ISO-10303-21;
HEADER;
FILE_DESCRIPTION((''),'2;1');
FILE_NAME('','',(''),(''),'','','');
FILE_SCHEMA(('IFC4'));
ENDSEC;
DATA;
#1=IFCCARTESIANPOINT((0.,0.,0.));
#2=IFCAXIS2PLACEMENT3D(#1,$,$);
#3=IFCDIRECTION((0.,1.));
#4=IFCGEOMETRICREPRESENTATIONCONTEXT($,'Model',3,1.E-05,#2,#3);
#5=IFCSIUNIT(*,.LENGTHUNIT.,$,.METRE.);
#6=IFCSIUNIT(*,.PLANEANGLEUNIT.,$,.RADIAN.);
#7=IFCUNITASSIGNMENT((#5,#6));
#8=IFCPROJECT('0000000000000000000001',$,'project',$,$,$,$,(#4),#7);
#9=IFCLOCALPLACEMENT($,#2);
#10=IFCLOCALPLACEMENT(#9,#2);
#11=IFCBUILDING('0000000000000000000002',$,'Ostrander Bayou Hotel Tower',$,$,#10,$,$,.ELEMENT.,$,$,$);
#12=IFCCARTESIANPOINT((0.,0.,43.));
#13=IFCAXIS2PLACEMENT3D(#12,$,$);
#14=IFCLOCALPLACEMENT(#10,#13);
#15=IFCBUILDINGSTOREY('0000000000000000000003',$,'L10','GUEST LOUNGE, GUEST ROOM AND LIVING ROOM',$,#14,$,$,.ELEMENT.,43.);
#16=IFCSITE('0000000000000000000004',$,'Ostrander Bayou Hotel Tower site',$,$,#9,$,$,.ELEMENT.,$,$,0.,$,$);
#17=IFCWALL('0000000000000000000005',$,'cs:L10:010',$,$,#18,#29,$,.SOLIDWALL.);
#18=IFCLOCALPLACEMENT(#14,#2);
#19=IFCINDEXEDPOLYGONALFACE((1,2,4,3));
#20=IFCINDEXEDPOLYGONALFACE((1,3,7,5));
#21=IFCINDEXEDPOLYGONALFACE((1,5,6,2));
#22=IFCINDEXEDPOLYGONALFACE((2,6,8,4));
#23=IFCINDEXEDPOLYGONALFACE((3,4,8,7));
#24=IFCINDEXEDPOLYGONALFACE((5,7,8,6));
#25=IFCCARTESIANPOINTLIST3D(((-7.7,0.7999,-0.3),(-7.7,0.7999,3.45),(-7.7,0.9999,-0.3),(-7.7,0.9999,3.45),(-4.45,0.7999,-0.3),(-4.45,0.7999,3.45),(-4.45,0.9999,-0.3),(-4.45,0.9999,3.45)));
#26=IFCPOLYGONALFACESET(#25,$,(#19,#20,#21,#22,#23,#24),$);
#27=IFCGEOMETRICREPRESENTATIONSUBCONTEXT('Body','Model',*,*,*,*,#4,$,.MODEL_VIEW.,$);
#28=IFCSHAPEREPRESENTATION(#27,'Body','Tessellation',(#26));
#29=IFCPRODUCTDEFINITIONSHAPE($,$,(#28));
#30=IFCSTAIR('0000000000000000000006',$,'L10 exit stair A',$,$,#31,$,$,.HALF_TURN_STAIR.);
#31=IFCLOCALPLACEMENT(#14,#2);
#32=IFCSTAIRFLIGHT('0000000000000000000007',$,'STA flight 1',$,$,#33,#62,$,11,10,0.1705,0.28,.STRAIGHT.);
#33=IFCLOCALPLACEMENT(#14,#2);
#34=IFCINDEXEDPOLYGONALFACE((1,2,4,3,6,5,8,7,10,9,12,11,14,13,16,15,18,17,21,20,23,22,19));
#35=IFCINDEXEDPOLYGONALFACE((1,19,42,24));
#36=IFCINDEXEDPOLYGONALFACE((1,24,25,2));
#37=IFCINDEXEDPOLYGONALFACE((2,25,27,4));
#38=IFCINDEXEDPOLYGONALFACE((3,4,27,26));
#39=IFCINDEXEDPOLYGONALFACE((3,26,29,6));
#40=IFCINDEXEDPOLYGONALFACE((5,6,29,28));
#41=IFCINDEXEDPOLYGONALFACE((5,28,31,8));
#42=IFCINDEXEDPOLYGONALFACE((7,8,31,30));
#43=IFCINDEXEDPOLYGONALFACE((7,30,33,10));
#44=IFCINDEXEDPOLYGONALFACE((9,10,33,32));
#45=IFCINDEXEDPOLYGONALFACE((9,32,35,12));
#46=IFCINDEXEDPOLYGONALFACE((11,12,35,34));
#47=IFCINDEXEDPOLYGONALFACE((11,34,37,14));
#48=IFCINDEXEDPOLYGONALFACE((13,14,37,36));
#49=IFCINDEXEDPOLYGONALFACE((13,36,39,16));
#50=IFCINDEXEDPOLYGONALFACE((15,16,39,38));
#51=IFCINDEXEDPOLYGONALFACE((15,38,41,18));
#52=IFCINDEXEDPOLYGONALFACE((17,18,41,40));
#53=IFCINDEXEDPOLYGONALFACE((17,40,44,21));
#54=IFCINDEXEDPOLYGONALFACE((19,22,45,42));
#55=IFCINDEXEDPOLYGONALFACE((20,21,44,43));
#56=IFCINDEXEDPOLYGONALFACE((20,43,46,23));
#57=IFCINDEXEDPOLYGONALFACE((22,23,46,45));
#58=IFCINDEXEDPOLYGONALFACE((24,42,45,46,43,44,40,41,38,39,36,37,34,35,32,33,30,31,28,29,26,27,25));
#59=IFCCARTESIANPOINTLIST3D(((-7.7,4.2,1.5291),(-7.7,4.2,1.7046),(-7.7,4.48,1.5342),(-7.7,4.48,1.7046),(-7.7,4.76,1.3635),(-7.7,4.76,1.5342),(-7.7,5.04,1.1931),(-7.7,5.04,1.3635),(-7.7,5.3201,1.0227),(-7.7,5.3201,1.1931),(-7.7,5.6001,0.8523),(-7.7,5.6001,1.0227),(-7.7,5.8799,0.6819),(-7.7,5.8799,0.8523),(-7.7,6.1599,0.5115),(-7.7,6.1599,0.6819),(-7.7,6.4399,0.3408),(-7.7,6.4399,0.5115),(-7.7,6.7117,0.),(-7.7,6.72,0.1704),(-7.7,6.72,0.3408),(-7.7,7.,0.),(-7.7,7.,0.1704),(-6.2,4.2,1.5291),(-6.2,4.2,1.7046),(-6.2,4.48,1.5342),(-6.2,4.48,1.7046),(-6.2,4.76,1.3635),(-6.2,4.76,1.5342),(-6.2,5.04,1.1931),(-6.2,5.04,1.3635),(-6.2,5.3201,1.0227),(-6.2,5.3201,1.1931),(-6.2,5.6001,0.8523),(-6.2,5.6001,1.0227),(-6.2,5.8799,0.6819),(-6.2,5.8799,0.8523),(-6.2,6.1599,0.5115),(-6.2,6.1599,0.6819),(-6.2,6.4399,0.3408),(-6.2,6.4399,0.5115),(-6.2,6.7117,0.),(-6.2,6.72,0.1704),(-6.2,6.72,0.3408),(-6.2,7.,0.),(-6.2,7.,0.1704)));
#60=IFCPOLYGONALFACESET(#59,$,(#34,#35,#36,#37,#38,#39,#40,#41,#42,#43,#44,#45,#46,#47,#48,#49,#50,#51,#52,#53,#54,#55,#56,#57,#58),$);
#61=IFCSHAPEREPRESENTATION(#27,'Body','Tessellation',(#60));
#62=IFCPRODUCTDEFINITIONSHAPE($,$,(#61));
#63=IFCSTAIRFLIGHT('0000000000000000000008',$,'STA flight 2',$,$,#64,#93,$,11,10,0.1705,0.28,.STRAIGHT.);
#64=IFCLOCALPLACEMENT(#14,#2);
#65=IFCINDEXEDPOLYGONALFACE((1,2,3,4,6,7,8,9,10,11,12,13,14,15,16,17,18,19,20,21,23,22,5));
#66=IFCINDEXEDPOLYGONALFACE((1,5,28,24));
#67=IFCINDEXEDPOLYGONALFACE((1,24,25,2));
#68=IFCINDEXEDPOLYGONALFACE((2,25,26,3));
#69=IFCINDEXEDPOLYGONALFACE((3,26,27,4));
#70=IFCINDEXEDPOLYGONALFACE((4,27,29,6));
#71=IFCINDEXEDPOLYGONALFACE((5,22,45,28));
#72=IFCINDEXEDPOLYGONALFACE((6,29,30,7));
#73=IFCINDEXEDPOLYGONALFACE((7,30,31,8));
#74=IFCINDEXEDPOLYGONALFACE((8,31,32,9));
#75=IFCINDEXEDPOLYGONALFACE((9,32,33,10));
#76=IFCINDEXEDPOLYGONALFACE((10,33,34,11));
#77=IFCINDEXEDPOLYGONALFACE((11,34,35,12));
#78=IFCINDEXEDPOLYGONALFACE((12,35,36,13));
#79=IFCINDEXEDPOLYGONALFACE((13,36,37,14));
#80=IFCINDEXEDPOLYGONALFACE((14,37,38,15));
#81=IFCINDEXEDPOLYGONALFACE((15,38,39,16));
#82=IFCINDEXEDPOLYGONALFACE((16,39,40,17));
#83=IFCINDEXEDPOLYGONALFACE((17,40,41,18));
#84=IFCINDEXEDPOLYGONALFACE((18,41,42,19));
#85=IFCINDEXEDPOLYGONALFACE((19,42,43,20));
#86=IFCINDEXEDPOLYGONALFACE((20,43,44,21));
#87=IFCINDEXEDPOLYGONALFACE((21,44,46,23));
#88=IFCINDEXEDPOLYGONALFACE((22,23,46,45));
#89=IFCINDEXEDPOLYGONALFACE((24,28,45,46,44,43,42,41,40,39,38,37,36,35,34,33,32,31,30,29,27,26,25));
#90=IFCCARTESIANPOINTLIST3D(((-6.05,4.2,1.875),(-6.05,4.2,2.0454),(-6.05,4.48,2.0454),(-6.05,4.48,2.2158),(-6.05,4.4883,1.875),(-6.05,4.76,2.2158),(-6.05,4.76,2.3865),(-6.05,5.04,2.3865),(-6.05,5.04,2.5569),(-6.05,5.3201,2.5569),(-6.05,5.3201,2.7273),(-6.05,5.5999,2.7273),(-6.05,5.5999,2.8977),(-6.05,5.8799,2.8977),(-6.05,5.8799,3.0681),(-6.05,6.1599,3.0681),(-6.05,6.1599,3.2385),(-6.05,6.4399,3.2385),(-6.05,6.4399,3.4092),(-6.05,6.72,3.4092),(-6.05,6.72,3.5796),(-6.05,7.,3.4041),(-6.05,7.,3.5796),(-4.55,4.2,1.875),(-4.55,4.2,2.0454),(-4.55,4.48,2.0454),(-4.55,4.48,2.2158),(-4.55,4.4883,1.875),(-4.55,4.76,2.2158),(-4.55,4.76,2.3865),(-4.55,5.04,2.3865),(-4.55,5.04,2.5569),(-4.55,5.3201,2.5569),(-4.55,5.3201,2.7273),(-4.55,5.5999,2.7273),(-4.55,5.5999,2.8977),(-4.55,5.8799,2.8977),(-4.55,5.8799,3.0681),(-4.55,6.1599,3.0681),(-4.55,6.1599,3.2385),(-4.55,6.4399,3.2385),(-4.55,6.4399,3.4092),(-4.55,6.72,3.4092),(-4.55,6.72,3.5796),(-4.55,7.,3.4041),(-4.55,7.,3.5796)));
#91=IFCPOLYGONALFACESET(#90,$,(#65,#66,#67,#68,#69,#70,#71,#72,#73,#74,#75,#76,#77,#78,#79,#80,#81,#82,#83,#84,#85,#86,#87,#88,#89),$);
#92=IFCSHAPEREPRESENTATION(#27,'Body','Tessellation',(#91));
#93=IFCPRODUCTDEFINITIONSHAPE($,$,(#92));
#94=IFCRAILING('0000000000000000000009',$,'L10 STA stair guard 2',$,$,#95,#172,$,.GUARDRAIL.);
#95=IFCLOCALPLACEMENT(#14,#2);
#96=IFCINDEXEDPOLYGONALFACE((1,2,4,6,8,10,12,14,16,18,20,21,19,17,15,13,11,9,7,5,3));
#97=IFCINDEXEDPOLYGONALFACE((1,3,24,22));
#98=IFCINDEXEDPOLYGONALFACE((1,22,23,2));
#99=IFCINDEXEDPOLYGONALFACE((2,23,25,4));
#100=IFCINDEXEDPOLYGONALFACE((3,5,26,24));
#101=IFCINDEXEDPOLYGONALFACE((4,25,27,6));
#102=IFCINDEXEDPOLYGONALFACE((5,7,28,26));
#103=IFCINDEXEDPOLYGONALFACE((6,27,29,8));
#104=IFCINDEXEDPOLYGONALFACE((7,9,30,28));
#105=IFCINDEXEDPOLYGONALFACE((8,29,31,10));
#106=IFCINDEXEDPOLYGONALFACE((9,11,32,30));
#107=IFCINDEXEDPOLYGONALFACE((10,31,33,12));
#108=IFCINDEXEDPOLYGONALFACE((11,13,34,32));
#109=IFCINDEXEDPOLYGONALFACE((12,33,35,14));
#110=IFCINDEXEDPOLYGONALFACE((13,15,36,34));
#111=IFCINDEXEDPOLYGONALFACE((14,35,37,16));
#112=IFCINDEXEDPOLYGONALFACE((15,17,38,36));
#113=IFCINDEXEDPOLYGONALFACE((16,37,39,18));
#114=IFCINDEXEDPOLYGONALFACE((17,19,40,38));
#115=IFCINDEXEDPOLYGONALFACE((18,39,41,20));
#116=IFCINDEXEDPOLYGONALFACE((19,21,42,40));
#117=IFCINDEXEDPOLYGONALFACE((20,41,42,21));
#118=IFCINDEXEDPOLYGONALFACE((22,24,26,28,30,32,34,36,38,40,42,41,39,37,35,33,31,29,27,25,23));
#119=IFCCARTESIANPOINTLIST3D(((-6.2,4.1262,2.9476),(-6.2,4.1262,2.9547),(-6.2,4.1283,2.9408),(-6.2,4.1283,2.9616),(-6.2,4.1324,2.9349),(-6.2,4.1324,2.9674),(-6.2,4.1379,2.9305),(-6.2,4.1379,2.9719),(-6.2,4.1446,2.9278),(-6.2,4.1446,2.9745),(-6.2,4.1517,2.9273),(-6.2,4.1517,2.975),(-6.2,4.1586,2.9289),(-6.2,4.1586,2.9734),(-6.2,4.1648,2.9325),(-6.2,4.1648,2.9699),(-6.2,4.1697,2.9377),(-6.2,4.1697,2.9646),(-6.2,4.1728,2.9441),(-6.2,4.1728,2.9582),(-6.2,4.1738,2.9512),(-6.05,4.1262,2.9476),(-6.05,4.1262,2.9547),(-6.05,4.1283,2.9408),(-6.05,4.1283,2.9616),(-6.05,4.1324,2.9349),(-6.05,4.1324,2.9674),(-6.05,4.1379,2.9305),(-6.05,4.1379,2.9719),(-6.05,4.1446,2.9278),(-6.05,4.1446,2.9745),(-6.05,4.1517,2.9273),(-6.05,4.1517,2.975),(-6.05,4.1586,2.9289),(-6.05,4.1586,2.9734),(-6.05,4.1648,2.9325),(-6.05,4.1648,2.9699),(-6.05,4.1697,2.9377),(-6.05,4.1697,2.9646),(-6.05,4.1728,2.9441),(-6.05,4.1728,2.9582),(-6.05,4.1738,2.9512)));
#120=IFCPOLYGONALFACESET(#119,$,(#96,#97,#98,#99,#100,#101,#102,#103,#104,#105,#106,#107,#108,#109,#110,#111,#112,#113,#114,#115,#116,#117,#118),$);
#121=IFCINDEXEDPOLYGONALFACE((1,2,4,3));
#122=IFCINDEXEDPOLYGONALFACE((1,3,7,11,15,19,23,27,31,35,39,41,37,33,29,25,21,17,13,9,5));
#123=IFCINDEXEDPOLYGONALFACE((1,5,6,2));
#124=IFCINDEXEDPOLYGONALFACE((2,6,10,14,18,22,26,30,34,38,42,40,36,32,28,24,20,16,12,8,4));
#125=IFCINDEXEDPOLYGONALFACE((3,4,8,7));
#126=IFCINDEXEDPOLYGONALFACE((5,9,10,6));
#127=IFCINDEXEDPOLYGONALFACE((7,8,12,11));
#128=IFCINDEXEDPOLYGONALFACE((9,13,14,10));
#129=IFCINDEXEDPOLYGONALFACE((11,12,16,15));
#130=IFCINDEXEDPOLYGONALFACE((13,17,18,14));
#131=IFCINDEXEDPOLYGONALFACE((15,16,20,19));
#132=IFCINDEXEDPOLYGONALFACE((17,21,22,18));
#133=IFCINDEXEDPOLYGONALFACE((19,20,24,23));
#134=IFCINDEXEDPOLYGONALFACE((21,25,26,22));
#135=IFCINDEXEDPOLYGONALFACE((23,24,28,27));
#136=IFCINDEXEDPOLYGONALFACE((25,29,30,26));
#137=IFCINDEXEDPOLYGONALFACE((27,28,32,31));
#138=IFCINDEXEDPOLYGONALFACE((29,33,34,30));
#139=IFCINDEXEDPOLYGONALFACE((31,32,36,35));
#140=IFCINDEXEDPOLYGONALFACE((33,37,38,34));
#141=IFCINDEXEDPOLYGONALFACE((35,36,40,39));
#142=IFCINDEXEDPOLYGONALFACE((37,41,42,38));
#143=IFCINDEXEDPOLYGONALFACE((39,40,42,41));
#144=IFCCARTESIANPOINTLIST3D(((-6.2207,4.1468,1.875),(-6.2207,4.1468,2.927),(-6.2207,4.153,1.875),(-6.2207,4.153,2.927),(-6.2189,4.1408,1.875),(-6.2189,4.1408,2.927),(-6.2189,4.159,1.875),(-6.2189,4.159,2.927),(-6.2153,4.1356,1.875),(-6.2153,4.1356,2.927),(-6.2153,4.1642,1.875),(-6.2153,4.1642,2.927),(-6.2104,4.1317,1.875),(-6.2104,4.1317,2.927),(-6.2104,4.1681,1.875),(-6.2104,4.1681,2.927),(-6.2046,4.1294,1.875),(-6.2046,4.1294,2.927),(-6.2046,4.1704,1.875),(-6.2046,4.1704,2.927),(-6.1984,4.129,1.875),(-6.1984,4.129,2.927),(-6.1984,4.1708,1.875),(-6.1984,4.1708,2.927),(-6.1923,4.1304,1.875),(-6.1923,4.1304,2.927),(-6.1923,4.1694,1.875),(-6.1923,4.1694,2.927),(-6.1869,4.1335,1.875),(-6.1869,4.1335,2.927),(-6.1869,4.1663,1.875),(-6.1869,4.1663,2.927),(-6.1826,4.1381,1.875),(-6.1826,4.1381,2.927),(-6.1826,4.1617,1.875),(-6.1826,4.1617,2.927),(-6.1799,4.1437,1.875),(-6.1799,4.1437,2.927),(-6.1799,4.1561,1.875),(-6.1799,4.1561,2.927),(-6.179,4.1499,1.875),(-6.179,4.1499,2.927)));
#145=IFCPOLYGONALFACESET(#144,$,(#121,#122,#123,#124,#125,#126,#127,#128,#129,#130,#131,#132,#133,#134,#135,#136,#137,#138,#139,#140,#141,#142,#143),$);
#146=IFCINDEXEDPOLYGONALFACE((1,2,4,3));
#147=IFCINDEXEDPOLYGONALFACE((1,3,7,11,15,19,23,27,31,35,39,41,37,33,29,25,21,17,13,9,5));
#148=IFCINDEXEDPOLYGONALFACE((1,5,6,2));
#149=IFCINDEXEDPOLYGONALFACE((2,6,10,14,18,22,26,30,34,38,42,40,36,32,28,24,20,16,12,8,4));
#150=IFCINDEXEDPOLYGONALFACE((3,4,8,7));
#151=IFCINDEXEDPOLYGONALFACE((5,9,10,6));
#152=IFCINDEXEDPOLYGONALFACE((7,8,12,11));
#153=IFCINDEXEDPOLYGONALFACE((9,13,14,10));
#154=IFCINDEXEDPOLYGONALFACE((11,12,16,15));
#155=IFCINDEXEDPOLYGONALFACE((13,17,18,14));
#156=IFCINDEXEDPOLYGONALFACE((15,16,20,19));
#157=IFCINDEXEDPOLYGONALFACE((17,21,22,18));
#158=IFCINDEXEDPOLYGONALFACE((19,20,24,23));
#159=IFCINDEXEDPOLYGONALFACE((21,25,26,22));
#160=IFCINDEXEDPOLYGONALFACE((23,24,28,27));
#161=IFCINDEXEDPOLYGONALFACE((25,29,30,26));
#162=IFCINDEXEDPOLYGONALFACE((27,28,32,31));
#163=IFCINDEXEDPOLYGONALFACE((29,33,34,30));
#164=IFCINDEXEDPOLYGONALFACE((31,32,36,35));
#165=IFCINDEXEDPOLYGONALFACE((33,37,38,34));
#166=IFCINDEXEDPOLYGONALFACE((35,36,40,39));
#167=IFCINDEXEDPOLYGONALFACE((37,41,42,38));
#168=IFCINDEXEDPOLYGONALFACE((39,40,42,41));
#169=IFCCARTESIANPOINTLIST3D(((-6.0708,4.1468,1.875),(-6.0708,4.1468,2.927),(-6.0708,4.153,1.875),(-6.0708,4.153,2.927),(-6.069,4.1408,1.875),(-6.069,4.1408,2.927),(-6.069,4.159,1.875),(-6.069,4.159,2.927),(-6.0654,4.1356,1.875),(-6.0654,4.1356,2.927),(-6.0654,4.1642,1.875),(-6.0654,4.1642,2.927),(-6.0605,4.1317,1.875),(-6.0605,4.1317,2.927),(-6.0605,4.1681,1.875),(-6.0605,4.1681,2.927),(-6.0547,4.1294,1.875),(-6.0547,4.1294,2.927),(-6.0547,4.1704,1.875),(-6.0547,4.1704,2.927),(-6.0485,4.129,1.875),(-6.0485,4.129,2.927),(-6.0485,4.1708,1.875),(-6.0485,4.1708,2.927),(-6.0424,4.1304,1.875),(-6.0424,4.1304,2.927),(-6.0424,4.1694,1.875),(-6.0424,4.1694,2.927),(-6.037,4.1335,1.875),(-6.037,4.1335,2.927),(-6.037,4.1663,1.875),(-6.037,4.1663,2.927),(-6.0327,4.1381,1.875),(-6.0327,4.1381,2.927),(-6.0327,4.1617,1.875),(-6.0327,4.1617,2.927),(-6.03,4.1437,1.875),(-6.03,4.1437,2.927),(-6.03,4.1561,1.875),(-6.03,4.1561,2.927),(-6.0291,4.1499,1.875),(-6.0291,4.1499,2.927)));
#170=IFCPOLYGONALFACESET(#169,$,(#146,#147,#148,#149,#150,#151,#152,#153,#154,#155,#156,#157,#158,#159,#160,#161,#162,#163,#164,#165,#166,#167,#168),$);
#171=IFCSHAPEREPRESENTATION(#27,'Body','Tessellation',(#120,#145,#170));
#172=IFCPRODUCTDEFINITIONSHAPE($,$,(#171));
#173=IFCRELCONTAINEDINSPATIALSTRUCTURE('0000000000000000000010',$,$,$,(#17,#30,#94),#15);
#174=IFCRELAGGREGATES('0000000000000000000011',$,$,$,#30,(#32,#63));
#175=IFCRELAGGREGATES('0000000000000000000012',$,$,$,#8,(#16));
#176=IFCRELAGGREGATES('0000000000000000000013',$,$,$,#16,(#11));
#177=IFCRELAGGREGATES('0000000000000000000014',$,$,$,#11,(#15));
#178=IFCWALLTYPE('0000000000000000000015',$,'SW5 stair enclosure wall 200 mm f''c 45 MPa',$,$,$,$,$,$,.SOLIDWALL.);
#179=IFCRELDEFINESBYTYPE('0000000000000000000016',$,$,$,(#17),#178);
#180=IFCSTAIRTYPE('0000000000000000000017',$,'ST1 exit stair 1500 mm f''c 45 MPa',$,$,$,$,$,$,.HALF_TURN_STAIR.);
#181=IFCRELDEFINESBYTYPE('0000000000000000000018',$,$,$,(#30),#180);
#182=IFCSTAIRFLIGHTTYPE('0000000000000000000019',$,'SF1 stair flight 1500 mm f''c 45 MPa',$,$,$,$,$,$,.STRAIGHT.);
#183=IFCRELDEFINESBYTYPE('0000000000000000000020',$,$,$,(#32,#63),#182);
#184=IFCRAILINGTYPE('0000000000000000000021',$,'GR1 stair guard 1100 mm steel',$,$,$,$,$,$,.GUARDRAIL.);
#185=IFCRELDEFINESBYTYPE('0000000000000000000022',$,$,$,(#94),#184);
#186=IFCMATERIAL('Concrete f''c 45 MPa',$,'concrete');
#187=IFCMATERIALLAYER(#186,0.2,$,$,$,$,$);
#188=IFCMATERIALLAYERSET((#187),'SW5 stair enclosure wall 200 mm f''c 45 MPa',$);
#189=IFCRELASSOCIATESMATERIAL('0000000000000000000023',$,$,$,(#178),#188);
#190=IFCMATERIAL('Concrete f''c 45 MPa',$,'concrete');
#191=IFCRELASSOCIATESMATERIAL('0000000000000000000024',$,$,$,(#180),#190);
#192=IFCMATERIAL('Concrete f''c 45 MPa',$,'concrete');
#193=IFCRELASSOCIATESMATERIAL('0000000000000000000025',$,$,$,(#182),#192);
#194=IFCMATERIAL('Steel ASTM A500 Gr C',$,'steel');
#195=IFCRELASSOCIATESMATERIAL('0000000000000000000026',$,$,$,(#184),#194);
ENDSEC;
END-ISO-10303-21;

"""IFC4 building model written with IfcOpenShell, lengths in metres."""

from ifc_helpers import new_model, si_unit, direction, frame, frame_2d, origin, origin_2d, place, context, subcontext, project, spatial, polyline, rectangle, circle, outline, extrude, material, layer, layer_set, type_object, element, aggregate, save


model = new_model("IFC4")

# Units and contexts
model_context = context("Model", 3, precision=1e-05, world=origin(), true_north=direction((0.0, 1.0)))
body_context = subcontext(model_context, "Body", "Model", "MODEL_VIEW")
ifc_project = project(units=[si_unit("LENGTHUNIT", "METRE"), si_unit("PLANEANGLEUNIT", "RADIAN")], contexts=[model_context])

# Site, building, storey
site_placement = place(None, origin())
site = spatial("IfcSite", under=ifc_project, at=site_placement, Name="Ostrander Bayou Hotel Tower site", CompositionType="ELEMENT", RefElevation=0.0)
building_placement = place(site_placement, origin())
building = spatial("IfcBuilding", under=site, at=building_placement, Name="Ostrander Bayou Hotel Tower", CompositionType="ELEMENT")
storey_placement = place(building_placement, frame((0.0, 0.0, 43.0)))
storey = spatial("IfcBuildingStorey", under=building, at=storey_placement, Name="L10", Description="GUEST LOUNGE, GUEST ROOM AND LIVING ROOM", CompositionType="ELEMENT", Elevation=43.0)

# Wall
ifc_material_1 = material(Name="Concrete f'c 45 MPa", Category="concrete")
ifc_layer_1 = layer(ifc_material_1, 0.2)
ifc_layer_set_1 = layer_set([ifc_layer_1], Name="SW5 stair enclosure wall 200 mm f'c 45 MPa")
wall_type_1 = type_object("IfcWallType", Name="SW5 stair enclosure wall 200 mm f'c 45 MPa", PredefinedType="SOLIDWALL", material=ifc_layer_set_1)
wall_1_placement = place(storey_placement, frame((-7.7, 0.8999, -0.3), z_axis=(0.0, 0.0, 1.0), x_axis=(1.0, 0.0, 0.0)))
element("IfcWall", 1, at=wall_1_placement, inside=storey, type_object=wall_type_1, Name="cs:L10:010", PredefinedType="SOLIDWALL", context=body_context, shape_type="SweptSolid", body=[
    extrude(rectangle(XDim=3.25, YDim=0.2, at=frame_2d((1.625, 0.0))), origin(), (0.0, 0.0, 1.0), 3.75),
])

# Stair, stair flights
ifc_material_2 = material(Name="Concrete f'c 45 MPa", Category="concrete")
stair_type = type_object("IfcStairType", Name="ST1 exit stair 1500 mm f'c 45 MPa", PredefinedType="HALF_TURN_STAIR", material=ifc_material_2)
stair_placement = place(storey_placement, origin())
stair = element("IfcStair", 2, at=stair_placement, inside=storey, type_object=stair_type, Name="L10 exit stair A", PredefinedType="HALF_TURN_STAIR")
ifc_material_3 = material(Name="Concrete f'c 45 MPa", Category="concrete")
stair_flight_type = type_object("IfcStairFlightType", Name="SF1 stair flight 1500 mm f'c 45 MPa", PredefinedType="STRAIGHT", material=ifc_material_3)
stair_flight_1_placement = place(storey_placement, frame((-6.95, 7.0, 0.0), z_axis=(0.0, 0.0, 1.0), x_axis=(0.0, -1.0, 0.0)))
stair_flight_1 = element("IfcStairFlight", 3, at=stair_flight_1_placement, type_object=stair_flight_type, Name="STA flight 1", NumberOfRisers=11, NumberOfTreads=10, PredefinedType="STRAIGHT", RiserHeight=0.1705, TreadLength=0.28, context=body_context, shape_type="SweptSolid", body=[
    extrude(outline(polyline([(0.0, 0.0), (0.0, 0.1704), (0.28, 0.1704), (0.28, 0.3408), (0.5601, 0.3408), (0.5601, 0.5115), (0.8401, 0.5115), (0.8401, 0.6819), (1.1201, 0.6819), (1.1201, 0.8523), (1.3999, 0.8523), (1.3999, 1.0227), (1.6799, 1.0227), (1.6799, 1.1931), (1.96, 1.1931), (1.96, 1.3635), (2.24, 1.3635), (2.24, 1.5342), (2.52, 1.5342), (2.52, 1.7046), (2.8, 1.7046), (2.8, 1.875), (2.8, 1.5291), (0.2883, 0.0), (0.0, 0.0)])), frame((0.0, 0.75, 0.0), z_axis=(0.0, -1.0, 0.0), x_axis=(1.0, 0.0, 0.0)), (0.0, 0.0, 1.0), 1.5),
])
stair_flight_2_placement = place(storey_placement, frame((-5.3, 4.2, 1.875), z_axis=(0.0, 0.0, 1.0), x_axis=(0.0, 1.0, 0.0)))
stair_flight_2 = element("IfcStairFlight", 4, at=stair_flight_2_placement, type_object=stair_flight_type, Name="STA flight 2", NumberOfRisers=11, NumberOfTreads=10, PredefinedType="STRAIGHT", RiserHeight=0.1705, TreadLength=0.28, context=body_context, shape_type="SweptSolid", body=[
    extrude(outline(polyline([(0.0, 0.0), (0.0, 0.1704), (0.28, 0.1704), (0.28, 0.3408), (0.5601, 0.3408), (0.5601, 0.5115), (0.8401, 0.5115), (0.8401, 0.6819), (1.1201, 0.6819), (1.1201, 0.8523), (1.3999, 0.8523), (1.3999, 1.0227), (1.6799, 1.0227), (1.6799, 1.1931), (1.96, 1.1931), (1.96, 1.3635), (2.24, 1.3635), (2.24, 1.5342), (2.52, 1.5342), (2.52, 1.7046), (2.8, 1.7046), (2.8, 1.875), (2.8, 1.5291), (0.2883, 0.0), (0.0, 0.0)])), frame((0.0, 0.75, 0.0), z_axis=(0.0, -1.0, 0.0), x_axis=(1.0, 0.0, 0.0)), (0.0, 0.0, 1.0), 1.5),
])
aggregate(stair, [stair_flight_1, stair_flight_2])

# Railing
ifc_material_4 = material(Name="Steel ASTM A500 Gr C", Category="steel")
railing_type_1 = type_object("IfcRailingType", Name="GR1 stair guard 1100 mm steel", PredefinedType="GUARDRAIL", material=ifc_material_4)
railing_1_placement = place(storey_placement, frame((-6.2, 4.1499, 1.875)))
element("IfcRailing", 5, at=railing_1_placement, inside=storey, type_object=railing_type_1, Name="L10 STA stair guard 2", PredefinedType="GUARDRAIL", context=body_context, shape_type="SweptSolid", body=[
    extrude(circle(Radius=0.0239, at=origin_2d()), frame((0.0, 0.0, 1.0762), z_axis=(1.0, 0.0, 0.0), x_axis=(0.0, 1.0, 0.0)), (0.0, 0.0, 1.0), 0.1499),
    extrude(circle(Radius=0.021, at=origin_2d()), origin(), (0.0, 0.0, 1.0), 1.052),
    extrude(circle(Radius=0.021, at=origin_2d()), frame((0.1499, 0.0, 0.0)), (0.0, 0.0, 1.0), 1.052),
])

save(model, "model.ifc")
